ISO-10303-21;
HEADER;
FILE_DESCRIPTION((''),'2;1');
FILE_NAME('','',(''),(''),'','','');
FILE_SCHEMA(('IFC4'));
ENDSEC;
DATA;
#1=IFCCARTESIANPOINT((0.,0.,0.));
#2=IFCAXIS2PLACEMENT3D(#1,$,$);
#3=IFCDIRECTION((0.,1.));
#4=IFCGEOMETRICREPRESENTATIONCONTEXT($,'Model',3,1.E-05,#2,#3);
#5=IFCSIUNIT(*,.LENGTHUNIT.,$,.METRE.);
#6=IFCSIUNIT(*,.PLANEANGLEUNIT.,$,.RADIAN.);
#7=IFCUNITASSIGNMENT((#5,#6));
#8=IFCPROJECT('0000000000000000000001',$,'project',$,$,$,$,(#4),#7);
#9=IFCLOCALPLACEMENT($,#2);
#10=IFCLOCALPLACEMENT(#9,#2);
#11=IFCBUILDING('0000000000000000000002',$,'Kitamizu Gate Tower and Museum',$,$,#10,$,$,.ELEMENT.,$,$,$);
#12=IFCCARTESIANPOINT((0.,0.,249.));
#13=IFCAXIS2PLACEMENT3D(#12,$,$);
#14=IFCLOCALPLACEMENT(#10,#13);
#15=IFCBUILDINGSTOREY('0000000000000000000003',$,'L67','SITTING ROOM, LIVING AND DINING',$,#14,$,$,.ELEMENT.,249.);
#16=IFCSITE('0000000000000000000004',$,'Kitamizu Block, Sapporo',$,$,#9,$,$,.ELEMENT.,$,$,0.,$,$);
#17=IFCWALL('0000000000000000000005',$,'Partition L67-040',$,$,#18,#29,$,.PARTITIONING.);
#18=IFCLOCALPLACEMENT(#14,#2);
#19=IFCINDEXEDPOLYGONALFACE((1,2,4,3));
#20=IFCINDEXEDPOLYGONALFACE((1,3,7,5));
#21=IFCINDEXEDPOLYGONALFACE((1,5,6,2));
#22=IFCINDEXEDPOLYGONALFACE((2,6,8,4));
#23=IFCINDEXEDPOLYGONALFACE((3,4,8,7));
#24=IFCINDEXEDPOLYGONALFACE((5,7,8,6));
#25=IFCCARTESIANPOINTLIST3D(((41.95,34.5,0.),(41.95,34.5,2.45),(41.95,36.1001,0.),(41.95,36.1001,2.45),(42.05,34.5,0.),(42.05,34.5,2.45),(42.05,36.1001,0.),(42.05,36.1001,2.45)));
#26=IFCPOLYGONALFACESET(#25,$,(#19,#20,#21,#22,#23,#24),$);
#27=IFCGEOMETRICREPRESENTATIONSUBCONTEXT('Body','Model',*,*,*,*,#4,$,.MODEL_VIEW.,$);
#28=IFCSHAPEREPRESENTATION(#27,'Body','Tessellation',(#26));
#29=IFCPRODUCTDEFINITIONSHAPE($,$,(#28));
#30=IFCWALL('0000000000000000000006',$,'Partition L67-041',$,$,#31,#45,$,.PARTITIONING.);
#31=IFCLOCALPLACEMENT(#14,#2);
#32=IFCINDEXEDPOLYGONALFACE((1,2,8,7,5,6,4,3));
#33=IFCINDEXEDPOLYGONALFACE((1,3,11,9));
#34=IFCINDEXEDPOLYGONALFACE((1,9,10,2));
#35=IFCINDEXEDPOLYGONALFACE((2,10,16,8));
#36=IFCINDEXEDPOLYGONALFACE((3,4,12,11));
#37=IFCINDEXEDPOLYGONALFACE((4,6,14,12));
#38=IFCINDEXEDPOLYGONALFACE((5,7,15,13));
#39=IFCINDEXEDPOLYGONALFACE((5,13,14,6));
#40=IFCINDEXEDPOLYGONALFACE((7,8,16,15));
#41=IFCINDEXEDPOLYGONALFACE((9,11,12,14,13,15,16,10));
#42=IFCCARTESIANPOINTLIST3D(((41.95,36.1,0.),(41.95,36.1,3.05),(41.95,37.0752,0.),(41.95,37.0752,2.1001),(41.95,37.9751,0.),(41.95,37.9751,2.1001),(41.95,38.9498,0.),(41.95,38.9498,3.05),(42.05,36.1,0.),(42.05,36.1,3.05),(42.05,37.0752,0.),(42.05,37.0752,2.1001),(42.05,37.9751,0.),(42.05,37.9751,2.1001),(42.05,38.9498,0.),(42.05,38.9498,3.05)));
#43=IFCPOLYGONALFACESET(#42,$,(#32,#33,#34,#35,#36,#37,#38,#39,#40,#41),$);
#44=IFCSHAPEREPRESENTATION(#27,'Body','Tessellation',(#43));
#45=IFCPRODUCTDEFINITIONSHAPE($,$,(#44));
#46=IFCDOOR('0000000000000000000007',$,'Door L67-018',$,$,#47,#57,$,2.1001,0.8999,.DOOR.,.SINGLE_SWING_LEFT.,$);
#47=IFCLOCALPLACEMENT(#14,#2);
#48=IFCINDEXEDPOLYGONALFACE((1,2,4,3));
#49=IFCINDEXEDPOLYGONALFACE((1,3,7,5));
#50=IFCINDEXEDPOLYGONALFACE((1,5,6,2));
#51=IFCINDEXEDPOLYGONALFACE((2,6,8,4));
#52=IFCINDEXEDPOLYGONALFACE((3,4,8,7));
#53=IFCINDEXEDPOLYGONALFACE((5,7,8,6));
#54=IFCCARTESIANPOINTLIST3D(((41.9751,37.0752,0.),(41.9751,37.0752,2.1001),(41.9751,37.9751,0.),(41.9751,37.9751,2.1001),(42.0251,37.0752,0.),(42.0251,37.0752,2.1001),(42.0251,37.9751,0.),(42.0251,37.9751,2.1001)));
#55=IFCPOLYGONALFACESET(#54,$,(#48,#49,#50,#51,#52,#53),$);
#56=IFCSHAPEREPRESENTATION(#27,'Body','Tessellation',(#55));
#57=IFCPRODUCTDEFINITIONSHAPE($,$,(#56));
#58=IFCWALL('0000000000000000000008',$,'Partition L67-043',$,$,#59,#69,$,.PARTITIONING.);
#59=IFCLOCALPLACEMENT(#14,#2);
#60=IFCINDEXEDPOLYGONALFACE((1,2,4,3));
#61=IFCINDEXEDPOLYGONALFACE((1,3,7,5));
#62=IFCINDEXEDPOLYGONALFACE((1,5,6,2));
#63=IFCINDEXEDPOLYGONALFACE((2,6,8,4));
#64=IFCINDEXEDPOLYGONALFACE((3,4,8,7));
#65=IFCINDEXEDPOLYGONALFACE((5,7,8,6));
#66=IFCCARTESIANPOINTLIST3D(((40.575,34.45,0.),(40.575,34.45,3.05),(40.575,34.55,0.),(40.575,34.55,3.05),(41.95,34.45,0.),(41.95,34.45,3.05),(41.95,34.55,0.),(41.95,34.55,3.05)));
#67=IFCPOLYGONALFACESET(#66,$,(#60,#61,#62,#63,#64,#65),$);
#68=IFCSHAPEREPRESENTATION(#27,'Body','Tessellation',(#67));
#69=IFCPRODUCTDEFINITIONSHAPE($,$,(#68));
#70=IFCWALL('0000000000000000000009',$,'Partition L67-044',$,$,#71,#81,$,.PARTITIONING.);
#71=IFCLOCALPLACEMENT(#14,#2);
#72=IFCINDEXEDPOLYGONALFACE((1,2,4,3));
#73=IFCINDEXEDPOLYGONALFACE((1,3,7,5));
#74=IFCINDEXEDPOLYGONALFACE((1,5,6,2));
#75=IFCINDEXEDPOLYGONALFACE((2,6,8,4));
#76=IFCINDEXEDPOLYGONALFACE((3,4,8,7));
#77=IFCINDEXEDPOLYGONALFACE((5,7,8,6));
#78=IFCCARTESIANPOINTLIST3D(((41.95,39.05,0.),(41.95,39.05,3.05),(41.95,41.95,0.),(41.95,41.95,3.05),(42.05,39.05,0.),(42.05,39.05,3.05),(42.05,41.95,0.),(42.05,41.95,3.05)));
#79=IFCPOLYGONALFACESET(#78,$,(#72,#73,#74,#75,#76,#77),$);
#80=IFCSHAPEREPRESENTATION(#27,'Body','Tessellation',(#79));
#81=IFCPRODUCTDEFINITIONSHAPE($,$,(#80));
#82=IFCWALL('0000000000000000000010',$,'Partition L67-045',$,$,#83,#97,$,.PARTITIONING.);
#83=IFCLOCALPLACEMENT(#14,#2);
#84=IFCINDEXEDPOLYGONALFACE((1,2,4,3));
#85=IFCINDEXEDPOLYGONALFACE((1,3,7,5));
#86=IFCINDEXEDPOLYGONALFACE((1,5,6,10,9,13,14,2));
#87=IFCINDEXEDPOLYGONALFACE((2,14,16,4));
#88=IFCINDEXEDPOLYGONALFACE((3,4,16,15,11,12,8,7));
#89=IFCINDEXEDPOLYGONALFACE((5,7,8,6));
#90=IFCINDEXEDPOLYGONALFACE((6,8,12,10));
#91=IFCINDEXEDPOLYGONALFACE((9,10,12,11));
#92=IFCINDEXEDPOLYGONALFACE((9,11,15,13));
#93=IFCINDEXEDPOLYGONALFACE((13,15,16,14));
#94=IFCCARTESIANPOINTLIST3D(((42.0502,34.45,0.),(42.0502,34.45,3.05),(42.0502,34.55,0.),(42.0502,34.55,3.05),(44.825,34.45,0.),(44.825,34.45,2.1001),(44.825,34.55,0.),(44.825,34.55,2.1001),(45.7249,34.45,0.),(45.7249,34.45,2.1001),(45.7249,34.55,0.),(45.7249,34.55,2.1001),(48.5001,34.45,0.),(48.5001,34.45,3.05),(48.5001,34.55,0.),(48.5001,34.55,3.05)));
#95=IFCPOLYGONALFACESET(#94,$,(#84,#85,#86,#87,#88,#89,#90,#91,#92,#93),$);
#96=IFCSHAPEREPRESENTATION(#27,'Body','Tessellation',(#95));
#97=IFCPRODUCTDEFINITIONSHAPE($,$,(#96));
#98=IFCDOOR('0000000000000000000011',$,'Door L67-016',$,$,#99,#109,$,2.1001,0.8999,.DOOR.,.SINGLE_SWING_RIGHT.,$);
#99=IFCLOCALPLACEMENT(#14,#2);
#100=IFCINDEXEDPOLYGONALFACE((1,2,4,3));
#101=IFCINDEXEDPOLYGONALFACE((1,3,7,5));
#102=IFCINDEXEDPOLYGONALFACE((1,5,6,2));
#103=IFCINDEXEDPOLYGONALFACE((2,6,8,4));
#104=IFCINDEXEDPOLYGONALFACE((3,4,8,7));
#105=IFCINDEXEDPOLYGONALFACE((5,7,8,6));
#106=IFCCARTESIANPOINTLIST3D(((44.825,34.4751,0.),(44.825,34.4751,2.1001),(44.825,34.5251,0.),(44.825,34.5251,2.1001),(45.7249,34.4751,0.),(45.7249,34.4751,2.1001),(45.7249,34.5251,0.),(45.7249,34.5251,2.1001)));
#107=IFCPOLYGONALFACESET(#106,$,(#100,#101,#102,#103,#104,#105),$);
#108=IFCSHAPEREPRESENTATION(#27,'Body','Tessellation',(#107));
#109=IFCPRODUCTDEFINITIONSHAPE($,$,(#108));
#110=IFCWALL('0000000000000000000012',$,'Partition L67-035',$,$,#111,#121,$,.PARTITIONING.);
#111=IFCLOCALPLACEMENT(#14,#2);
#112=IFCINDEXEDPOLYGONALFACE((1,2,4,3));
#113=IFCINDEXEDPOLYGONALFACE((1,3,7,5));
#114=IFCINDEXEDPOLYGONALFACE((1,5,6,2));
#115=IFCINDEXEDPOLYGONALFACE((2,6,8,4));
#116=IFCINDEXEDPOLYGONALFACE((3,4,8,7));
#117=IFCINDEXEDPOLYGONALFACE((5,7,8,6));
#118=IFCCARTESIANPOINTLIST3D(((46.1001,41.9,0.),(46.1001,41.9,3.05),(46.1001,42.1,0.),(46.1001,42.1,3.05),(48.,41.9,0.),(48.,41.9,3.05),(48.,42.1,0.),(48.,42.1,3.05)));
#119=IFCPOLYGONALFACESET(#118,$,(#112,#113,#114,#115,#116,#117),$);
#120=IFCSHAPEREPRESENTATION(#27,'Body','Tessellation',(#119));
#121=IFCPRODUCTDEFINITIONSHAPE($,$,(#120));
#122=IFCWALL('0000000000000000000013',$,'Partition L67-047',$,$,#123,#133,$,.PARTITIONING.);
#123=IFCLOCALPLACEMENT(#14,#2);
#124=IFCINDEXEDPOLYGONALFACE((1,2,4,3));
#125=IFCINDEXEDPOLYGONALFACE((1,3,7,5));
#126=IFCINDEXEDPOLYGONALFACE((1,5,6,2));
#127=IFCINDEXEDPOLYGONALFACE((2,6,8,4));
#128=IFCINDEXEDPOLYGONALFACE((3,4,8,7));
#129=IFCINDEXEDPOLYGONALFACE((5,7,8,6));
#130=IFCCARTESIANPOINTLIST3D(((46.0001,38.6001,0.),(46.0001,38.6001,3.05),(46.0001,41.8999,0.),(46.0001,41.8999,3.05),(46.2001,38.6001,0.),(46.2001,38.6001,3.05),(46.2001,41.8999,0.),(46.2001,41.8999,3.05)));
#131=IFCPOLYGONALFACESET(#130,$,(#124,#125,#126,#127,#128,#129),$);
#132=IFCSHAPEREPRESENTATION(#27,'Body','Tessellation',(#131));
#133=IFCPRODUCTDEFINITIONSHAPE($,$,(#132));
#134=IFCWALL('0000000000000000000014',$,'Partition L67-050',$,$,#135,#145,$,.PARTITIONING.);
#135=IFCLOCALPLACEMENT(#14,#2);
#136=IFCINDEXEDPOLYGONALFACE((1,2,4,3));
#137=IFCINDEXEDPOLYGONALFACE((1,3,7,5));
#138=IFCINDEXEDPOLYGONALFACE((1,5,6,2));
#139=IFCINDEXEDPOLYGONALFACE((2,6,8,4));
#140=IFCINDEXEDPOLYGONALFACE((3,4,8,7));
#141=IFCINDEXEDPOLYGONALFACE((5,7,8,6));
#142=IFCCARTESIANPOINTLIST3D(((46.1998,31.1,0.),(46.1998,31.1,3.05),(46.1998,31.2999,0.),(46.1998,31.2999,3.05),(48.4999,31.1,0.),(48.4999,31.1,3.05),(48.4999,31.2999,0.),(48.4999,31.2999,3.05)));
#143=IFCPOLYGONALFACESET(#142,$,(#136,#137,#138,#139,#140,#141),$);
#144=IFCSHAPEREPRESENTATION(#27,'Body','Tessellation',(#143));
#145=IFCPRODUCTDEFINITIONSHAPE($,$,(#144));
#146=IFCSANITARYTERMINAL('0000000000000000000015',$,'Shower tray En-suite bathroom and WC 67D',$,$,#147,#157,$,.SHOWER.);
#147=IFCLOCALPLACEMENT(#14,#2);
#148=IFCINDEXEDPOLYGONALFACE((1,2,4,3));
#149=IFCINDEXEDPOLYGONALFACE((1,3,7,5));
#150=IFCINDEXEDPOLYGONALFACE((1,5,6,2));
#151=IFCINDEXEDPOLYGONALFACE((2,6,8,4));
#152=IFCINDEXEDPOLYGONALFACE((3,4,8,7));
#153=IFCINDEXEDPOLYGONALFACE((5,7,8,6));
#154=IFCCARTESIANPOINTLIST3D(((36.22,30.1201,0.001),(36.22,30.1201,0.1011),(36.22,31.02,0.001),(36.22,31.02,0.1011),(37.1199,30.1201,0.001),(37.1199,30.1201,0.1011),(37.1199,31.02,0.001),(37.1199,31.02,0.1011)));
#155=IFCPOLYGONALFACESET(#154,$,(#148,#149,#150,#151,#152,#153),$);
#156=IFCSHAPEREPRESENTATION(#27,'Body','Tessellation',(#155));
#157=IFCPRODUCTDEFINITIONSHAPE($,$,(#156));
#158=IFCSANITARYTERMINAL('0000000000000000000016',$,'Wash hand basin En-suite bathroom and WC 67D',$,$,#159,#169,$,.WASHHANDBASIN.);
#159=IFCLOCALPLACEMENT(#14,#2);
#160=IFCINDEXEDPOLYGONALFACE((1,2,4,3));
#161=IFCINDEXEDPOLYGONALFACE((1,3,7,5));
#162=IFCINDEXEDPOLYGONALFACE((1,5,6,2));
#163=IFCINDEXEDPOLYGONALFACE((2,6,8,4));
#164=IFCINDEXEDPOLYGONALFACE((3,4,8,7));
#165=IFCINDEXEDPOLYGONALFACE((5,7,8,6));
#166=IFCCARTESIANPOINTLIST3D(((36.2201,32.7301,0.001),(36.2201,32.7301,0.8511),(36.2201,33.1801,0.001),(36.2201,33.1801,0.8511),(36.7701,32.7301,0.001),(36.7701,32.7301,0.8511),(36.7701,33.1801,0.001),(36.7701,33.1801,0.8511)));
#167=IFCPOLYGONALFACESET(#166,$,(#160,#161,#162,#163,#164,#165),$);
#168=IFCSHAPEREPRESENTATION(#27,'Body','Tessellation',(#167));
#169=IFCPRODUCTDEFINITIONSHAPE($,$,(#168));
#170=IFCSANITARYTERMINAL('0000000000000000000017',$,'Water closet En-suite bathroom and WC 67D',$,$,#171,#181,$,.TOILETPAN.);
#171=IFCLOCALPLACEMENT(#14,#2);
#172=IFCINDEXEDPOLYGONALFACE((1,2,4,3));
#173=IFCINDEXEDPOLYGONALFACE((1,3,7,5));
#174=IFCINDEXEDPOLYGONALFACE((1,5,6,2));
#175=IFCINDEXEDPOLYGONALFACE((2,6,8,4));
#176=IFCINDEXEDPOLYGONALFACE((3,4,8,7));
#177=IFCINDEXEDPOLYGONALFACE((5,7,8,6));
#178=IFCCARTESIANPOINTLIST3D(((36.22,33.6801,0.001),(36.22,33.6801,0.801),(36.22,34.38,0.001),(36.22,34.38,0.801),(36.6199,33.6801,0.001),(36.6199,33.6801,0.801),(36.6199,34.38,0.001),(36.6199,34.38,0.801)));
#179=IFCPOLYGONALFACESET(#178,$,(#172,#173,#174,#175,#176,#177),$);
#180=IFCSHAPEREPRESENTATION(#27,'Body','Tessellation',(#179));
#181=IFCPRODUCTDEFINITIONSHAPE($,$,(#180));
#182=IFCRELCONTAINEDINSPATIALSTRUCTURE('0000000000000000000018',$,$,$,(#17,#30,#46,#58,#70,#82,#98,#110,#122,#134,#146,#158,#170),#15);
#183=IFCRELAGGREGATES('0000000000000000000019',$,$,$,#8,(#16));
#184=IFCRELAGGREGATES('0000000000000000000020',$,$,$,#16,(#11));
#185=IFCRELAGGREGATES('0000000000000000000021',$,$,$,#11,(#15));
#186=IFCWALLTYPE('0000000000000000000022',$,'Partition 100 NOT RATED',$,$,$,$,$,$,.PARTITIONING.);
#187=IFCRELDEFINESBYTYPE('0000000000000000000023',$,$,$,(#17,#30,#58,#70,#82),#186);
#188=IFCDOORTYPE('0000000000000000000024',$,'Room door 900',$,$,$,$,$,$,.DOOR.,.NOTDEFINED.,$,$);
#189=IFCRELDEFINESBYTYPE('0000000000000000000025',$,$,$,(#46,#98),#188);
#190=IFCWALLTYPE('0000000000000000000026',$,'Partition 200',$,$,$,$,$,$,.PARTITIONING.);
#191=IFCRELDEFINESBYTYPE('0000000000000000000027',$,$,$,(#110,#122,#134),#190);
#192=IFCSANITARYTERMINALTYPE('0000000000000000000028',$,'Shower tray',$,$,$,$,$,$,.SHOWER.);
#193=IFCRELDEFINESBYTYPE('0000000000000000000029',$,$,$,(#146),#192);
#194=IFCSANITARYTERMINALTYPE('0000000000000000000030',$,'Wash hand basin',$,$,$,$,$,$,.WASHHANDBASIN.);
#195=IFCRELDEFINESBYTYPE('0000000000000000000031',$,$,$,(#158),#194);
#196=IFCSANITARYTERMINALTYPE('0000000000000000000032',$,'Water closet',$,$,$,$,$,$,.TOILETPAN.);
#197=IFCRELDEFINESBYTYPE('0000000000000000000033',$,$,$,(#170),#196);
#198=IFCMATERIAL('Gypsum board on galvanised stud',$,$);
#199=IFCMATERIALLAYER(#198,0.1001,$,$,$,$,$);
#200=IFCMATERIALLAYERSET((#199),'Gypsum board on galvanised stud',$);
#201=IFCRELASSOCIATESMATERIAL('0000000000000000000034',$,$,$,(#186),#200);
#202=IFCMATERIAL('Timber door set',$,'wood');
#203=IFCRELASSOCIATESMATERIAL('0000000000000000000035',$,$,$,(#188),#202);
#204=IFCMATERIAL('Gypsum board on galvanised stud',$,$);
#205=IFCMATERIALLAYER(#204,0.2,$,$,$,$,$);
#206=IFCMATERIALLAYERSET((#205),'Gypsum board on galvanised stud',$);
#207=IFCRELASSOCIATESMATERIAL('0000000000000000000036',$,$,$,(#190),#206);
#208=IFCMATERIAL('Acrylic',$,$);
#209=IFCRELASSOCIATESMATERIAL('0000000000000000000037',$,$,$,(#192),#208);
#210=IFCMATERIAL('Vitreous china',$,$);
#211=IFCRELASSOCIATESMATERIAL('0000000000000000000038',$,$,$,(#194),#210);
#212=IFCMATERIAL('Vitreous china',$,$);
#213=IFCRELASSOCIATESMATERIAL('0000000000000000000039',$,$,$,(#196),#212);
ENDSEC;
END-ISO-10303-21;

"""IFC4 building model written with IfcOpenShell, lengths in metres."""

from ifc_helpers import new_model, si_unit, direction, frame, frame_2d, origin, origin_2d, place, context, subcontext, project, spatial, rectangle, extrude, material, layer, layer_set, type_object, element, fill, save


model = new_model("IFC4")

# Units and contexts
model_context = context("Model", 3, precision=1e-05, world=origin(), true_north=direction((0.0, 1.0)))
body_context = subcontext(model_context, "Body", "Model", "MODEL_VIEW")
ifc_project = project(units=[si_unit("LENGTHUNIT", "METRE"), si_unit("PLANEANGLEUNIT", "RADIAN")], contexts=[model_context])

# Site, building, storey
site_placement = place(None, origin())
site = spatial("IfcSite", under=ifc_project, at=site_placement, Name="Kitamizu Block, Sapporo", CompositionType="ELEMENT", RefElevation=0.0)
building_placement = place(site_placement, origin())
building = spatial("IfcBuilding", under=site, at=building_placement, Name="Kitamizu Gate Tower and Museum", CompositionType="ELEMENT")
storey_placement = place(building_placement, frame((0.0, 0.0, 249.0)))
storey = spatial("IfcBuildingStorey", under=building, at=storey_placement, Name="L67", Description="SITTING ROOM, LIVING AND DINING", CompositionType="ELEMENT", Elevation=249.0)

# Shared definitions
ifc_material_1 = material(Name="Gypsum board on galvanised stud")
ifc_layer_1 = layer(ifc_material_1, 0.1001)
ifc_layer_set_1 = layer_set([ifc_layer_1], Name="Gypsum board on galvanised stud")
wall_type_1 = type_object("IfcWallType", Name="Partition 100 NOT RATED", PredefinedType="PARTITIONING", material=ifc_layer_set_1)
ifc_material_2 = material(Name="Timber door set", Category="wood")
door_type = type_object("IfcDoorType", Name="Room door 900", OperationType="NOTDEFINED", PredefinedType="DOOR", material=ifc_material_2)

# Wall
wall_1_placement = place(storey_placement, frame((42.0, 34.5, 0.0), z_axis=(0.0, 0.0, 1.0), x_axis=(0.0, 1.0, 0.0)))
element("IfcWall", 1, at=wall_1_placement, inside=storey, type_object=wall_type_1, Name="Partition L67-040", PredefinedType="PARTITIONING", context=body_context, shape_type="SweptSolid", body=[
    extrude(rectangle(XDim=1.6001, YDim=0.1001, at=frame_2d((0.8, 0.0))), origin(), (0.0, 0.0, 1.0), 2.45),
])

# Wall, opening, door
wall_2_placement = place(storey_placement, frame((42.0, 36.1001, 0.0), z_axis=(0.0, 0.0, 1.0), x_axis=(0.0, 1.0, 0.0)))
wall_2 = element("IfcWall", 2, at=wall_2_placement, inside=storey, type_object=wall_type_1, Name="Partition L67-041", PredefinedType="PARTITIONING", context=body_context, shape_type="SweptSolid", body=[
    extrude(rectangle(XDim=2.8499, YDim=0.1001, at=frame_2d((1.4248, 0.0))), origin(), (0.0, 0.0, 1.0), 3.05),
])
opening_1_placement = place(wall_2_placement, frame((0.9751, 0.0, 0.0)))
opening_1 = element("IfcOpeningElement", 3, at=opening_1_placement, cuts=wall_2, PredefinedType="OPENING", context=body_context, shape_type="SweptSolid", body=[
    extrude(rectangle(XDim=0.8999, YDim=2.1001, at=frame_2d((0.45, 1.05))), frame((0.0, 0.0601, 0.0), z_axis=(0.0, -1.0, 0.0), x_axis=(1.0, 0.0, 0.0)), (0.0, 0.0, 1.0), 0.1201),
])
door_1_placement = place(opening_1_placement, origin())
door_1 = element("IfcDoor", 4, at=door_1_placement, inside=storey, type_object=door_type, Name="Door L67-018", OperationType="SINGLE_SWING_LEFT", OverallHeight=2.1001, OverallWidth=0.8999, PredefinedType="DOOR", context=body_context, shape_type="SweptSolid", body=[
    extrude(rectangle(XDim=0.8999, YDim=2.1001, at=frame_2d((0.45, 1.05))), frame((0.0, 0.0249, 0.0), z_axis=(0.0, -1.0, 0.0), x_axis=(1.0, 0.0, 0.0)), (0.0, 0.0, 1.0), 0.05),
])
fill(opening_1, door_1)

# Walls
wall_3_placement = place(storey_placement, frame((40.575, 34.5, 0.0), z_axis=(0.0, 0.0, 1.0), x_axis=(1.0, 0.0, 0.0)))
element("IfcWall", 5, at=wall_3_placement, inside=storey, type_object=wall_type_1, Name="Partition L67-043", PredefinedType="PARTITIONING", context=body_context, shape_type="SweptSolid", body=[
    extrude(rectangle(XDim=1.375, YDim=0.1001, at=frame_2d((0.6875, 0.0))), origin(), (0.0, 0.0, 1.0), 3.05),
])
wall_4_placement = place(storey_placement, frame((42.0, 39.05, 0.0), z_axis=(0.0, 0.0, 1.0), x_axis=(0.0, 1.0, 0.0)))
element("IfcWall", 6, at=wall_4_placement, inside=storey, type_object=wall_type_1, Name="Partition L67-044", PredefinedType="PARTITIONING", context=body_context, shape_type="SweptSolid", body=[
    extrude(rectangle(XDim=2.8999, YDim=0.1001, at=frame_2d((1.45, 0.0))), origin(), (0.0, 0.0, 1.0), 3.05),
])

# Wall, opening, door
wall_5_placement = place(storey_placement, frame((42.05, 34.5, 0.0), z_axis=(0.0, 0.0, 1.0), x_axis=(1.0, 0.0, 0.0)))
wall_5 = element("IfcWall", 7, at=wall_5_placement, inside=storey, type_object=wall_type_1, Name="Partition L67-045", PredefinedType="PARTITIONING", context=body_context, shape_type="SweptSolid", body=[
    extrude(rectangle(XDim=6.45, YDim=0.1001, at=frame_2d((3.2251, 0.0))), origin(), (0.0, 0.0, 1.0), 3.05),
])
opening_2_placement = place(wall_5_placement, frame((2.7749, 0.0, 0.0)))
opening_2 = element("IfcOpeningElement", 8, at=opening_2_placement, cuts=wall_5, PredefinedType="OPENING", context=body_context, shape_type="SweptSolid", body=[
    extrude(rectangle(XDim=0.8999, YDim=2.1001, at=frame_2d((0.45, 1.05))), frame((0.0, 0.0601, 0.0), z_axis=(0.0, -1.0, 0.0), x_axis=(1.0, 0.0, 0.0)), (0.0, 0.0, 1.0), 0.1201),
])
door_2_placement = place(opening_2_placement, frame((0.8999, 0.0, 0.0), x_axis=(-1.0, 0.0, 0.0)))
door_2 = element("IfcDoor", 9, at=door_2_placement, inside=storey, type_object=door_type, Name="Door L67-016", OperationType="SINGLE_SWING_RIGHT", OverallHeight=2.1001, OverallWidth=0.8999, PredefinedType="DOOR", context=body_context, shape_type="SweptSolid", body=[
    extrude(rectangle(XDim=0.8999, YDim=2.1001, at=frame_2d((0.45, 1.05))), frame((0.0, 0.0249, 0.0), z_axis=(0.0, -1.0, 0.0), x_axis=(1.0, 0.0, 0.0)), (0.0, 0.0, 1.0), 0.05),
])
fill(opening_2, door_2)

# Walls
ifc_material_3 = material(Name="Gypsum board on galvanised stud")
ifc_layer_2 = layer(ifc_material_3, 0.2)
ifc_layer_set_2 = layer_set([ifc_layer_2], Name="Gypsum board on galvanised stud")
wall_type_2 = type_object("IfcWallType", Name="Partition 200", PredefinedType="PARTITIONING", material=ifc_layer_set_2)
wall_6_placement = place(storey_placement, frame((46.1001, 42.0, 0.0), z_axis=(0.0, 0.0, 1.0), x_axis=(1.0, 0.0, 0.0)))
element("IfcWall", 10, at=wall_6_placement, inside=storey, type_object=wall_type_2, Name="Partition L67-035", PredefinedType="PARTITIONING", context=body_context, shape_type="SweptSolid", body=[
    extrude(rectangle(XDim=1.8999, YDim=0.2, at=frame_2d((0.95, 0.0))), origin(), (0.0, 0.0, 1.0), 3.05),
])
wall_7_placement = place(storey_placement, frame((46.1001, 38.6001, 0.0), z_axis=(0.0, 0.0, 1.0), x_axis=(0.0, 1.0, 0.0)))
element("IfcWall", 11, at=wall_7_placement, inside=storey, type_object=wall_type_2, Name="Partition L67-047", PredefinedType="PARTITIONING", context=body_context, shape_type="SweptSolid", body=[
    extrude(rectangle(XDim=3.2998, YDim=0.2, at=frame_2d((1.6499, 0.0))), origin(), (0.0, 0.0, 1.0), 3.05),
])
wall_8_placement = place(storey_placement, frame((46.2, 31.2, 0.0), z_axis=(0.0, 0.0, 1.0), x_axis=(1.0, 0.0, 0.0)))
element("IfcWall", 12, at=wall_8_placement, inside=storey, type_object=wall_type_2, Name="Partition L67-050", PredefinedType="PARTITIONING", context=body_context, shape_type="SweptSolid", body=[
    extrude(rectangle(XDim=2.3, YDim=0.2, at=frame_2d((1.1499, 0.0))), origin(), (0.0, 0.0, 1.0), 3.05),
])

# Sanitary terminals
ifc_material_4 = material(Name="Acrylic")
sanitary_terminal_type_1 = type_object("IfcSanitaryTerminalType", Name="Shower tray", PredefinedType="SHOWER", material=ifc_material_4)
sanitary_terminal_1_placement = place(storey_placement, frame((36.6699, 30.5701, 0.001), z_axis=(0.0, 0.0, 1.0), x_axis=(1.0, 0.0, 0.0)))
element("IfcSanitaryTerminal", 13, at=sanitary_terminal_1_placement, inside=storey, type_object=sanitary_terminal_type_1, Name="Shower tray En-suite bathroom and WC 67D", PredefinedType="SHOWER", context=body_context, shape_type="SweptSolid", body=[
    extrude(rectangle(XDim=0.8999, YDim=0.8999, at=origin_2d()), origin(), (0.0, 0.0, 1.0), 0.1001),
])
ifc_material_5 = material(Name="Vitreous china")
sanitary_terminal_type_2 = type_object("IfcSanitaryTerminalType", Name="Wash hand basin", PredefinedType="WASHHANDBASIN", material=ifc_material_5)
sanitary_terminal_2_placement = place(storey_placement, frame((36.4951, 32.9551, 0.001), z_axis=(0.0, 0.0, 1.0), x_axis=(1.0, 0.0, 0.0)))
element("IfcSanitaryTerminal", 14, at=sanitary_terminal_2_placement, inside=storey, type_object=sanitary_terminal_type_2, Name="Wash hand basin En-suite bathroom and WC 67D", PredefinedType="WASHHANDBASIN", context=body_context, shape_type="SweptSolid", body=[
    extrude(rectangle(XDim=0.55, YDim=0.45, at=origin_2d()), origin(), (0.0, 0.0, 1.0), 0.8501),
])
ifc_material_6 = material(Name="Vitreous china")
sanitary_terminal_type_3 = type_object("IfcSanitaryTerminalType", Name="Water closet", PredefinedType="TOILETPAN", material=ifc_material_6)
sanitary_terminal_3_placement = place(storey_placement, frame((36.4199, 34.03, 0.001), z_axis=(0.0, 0.0, 1.0), x_axis=(1.0, 0.0, 0.0)))
element("IfcSanitaryTerminal", 15, at=sanitary_terminal_3_placement, inside=storey, type_object=sanitary_terminal_type_3, Name="Water closet En-suite bathroom and WC 67D", PredefinedType="TOILETPAN", context=body_context, shape_type="SweptSolid", body=[
    extrude(rectangle(XDim=0.3999, YDim=0.7, at=origin_2d()), origin(), (0.0, 0.0, 1.0), 0.8),
])

save(model, "model.ifc")
